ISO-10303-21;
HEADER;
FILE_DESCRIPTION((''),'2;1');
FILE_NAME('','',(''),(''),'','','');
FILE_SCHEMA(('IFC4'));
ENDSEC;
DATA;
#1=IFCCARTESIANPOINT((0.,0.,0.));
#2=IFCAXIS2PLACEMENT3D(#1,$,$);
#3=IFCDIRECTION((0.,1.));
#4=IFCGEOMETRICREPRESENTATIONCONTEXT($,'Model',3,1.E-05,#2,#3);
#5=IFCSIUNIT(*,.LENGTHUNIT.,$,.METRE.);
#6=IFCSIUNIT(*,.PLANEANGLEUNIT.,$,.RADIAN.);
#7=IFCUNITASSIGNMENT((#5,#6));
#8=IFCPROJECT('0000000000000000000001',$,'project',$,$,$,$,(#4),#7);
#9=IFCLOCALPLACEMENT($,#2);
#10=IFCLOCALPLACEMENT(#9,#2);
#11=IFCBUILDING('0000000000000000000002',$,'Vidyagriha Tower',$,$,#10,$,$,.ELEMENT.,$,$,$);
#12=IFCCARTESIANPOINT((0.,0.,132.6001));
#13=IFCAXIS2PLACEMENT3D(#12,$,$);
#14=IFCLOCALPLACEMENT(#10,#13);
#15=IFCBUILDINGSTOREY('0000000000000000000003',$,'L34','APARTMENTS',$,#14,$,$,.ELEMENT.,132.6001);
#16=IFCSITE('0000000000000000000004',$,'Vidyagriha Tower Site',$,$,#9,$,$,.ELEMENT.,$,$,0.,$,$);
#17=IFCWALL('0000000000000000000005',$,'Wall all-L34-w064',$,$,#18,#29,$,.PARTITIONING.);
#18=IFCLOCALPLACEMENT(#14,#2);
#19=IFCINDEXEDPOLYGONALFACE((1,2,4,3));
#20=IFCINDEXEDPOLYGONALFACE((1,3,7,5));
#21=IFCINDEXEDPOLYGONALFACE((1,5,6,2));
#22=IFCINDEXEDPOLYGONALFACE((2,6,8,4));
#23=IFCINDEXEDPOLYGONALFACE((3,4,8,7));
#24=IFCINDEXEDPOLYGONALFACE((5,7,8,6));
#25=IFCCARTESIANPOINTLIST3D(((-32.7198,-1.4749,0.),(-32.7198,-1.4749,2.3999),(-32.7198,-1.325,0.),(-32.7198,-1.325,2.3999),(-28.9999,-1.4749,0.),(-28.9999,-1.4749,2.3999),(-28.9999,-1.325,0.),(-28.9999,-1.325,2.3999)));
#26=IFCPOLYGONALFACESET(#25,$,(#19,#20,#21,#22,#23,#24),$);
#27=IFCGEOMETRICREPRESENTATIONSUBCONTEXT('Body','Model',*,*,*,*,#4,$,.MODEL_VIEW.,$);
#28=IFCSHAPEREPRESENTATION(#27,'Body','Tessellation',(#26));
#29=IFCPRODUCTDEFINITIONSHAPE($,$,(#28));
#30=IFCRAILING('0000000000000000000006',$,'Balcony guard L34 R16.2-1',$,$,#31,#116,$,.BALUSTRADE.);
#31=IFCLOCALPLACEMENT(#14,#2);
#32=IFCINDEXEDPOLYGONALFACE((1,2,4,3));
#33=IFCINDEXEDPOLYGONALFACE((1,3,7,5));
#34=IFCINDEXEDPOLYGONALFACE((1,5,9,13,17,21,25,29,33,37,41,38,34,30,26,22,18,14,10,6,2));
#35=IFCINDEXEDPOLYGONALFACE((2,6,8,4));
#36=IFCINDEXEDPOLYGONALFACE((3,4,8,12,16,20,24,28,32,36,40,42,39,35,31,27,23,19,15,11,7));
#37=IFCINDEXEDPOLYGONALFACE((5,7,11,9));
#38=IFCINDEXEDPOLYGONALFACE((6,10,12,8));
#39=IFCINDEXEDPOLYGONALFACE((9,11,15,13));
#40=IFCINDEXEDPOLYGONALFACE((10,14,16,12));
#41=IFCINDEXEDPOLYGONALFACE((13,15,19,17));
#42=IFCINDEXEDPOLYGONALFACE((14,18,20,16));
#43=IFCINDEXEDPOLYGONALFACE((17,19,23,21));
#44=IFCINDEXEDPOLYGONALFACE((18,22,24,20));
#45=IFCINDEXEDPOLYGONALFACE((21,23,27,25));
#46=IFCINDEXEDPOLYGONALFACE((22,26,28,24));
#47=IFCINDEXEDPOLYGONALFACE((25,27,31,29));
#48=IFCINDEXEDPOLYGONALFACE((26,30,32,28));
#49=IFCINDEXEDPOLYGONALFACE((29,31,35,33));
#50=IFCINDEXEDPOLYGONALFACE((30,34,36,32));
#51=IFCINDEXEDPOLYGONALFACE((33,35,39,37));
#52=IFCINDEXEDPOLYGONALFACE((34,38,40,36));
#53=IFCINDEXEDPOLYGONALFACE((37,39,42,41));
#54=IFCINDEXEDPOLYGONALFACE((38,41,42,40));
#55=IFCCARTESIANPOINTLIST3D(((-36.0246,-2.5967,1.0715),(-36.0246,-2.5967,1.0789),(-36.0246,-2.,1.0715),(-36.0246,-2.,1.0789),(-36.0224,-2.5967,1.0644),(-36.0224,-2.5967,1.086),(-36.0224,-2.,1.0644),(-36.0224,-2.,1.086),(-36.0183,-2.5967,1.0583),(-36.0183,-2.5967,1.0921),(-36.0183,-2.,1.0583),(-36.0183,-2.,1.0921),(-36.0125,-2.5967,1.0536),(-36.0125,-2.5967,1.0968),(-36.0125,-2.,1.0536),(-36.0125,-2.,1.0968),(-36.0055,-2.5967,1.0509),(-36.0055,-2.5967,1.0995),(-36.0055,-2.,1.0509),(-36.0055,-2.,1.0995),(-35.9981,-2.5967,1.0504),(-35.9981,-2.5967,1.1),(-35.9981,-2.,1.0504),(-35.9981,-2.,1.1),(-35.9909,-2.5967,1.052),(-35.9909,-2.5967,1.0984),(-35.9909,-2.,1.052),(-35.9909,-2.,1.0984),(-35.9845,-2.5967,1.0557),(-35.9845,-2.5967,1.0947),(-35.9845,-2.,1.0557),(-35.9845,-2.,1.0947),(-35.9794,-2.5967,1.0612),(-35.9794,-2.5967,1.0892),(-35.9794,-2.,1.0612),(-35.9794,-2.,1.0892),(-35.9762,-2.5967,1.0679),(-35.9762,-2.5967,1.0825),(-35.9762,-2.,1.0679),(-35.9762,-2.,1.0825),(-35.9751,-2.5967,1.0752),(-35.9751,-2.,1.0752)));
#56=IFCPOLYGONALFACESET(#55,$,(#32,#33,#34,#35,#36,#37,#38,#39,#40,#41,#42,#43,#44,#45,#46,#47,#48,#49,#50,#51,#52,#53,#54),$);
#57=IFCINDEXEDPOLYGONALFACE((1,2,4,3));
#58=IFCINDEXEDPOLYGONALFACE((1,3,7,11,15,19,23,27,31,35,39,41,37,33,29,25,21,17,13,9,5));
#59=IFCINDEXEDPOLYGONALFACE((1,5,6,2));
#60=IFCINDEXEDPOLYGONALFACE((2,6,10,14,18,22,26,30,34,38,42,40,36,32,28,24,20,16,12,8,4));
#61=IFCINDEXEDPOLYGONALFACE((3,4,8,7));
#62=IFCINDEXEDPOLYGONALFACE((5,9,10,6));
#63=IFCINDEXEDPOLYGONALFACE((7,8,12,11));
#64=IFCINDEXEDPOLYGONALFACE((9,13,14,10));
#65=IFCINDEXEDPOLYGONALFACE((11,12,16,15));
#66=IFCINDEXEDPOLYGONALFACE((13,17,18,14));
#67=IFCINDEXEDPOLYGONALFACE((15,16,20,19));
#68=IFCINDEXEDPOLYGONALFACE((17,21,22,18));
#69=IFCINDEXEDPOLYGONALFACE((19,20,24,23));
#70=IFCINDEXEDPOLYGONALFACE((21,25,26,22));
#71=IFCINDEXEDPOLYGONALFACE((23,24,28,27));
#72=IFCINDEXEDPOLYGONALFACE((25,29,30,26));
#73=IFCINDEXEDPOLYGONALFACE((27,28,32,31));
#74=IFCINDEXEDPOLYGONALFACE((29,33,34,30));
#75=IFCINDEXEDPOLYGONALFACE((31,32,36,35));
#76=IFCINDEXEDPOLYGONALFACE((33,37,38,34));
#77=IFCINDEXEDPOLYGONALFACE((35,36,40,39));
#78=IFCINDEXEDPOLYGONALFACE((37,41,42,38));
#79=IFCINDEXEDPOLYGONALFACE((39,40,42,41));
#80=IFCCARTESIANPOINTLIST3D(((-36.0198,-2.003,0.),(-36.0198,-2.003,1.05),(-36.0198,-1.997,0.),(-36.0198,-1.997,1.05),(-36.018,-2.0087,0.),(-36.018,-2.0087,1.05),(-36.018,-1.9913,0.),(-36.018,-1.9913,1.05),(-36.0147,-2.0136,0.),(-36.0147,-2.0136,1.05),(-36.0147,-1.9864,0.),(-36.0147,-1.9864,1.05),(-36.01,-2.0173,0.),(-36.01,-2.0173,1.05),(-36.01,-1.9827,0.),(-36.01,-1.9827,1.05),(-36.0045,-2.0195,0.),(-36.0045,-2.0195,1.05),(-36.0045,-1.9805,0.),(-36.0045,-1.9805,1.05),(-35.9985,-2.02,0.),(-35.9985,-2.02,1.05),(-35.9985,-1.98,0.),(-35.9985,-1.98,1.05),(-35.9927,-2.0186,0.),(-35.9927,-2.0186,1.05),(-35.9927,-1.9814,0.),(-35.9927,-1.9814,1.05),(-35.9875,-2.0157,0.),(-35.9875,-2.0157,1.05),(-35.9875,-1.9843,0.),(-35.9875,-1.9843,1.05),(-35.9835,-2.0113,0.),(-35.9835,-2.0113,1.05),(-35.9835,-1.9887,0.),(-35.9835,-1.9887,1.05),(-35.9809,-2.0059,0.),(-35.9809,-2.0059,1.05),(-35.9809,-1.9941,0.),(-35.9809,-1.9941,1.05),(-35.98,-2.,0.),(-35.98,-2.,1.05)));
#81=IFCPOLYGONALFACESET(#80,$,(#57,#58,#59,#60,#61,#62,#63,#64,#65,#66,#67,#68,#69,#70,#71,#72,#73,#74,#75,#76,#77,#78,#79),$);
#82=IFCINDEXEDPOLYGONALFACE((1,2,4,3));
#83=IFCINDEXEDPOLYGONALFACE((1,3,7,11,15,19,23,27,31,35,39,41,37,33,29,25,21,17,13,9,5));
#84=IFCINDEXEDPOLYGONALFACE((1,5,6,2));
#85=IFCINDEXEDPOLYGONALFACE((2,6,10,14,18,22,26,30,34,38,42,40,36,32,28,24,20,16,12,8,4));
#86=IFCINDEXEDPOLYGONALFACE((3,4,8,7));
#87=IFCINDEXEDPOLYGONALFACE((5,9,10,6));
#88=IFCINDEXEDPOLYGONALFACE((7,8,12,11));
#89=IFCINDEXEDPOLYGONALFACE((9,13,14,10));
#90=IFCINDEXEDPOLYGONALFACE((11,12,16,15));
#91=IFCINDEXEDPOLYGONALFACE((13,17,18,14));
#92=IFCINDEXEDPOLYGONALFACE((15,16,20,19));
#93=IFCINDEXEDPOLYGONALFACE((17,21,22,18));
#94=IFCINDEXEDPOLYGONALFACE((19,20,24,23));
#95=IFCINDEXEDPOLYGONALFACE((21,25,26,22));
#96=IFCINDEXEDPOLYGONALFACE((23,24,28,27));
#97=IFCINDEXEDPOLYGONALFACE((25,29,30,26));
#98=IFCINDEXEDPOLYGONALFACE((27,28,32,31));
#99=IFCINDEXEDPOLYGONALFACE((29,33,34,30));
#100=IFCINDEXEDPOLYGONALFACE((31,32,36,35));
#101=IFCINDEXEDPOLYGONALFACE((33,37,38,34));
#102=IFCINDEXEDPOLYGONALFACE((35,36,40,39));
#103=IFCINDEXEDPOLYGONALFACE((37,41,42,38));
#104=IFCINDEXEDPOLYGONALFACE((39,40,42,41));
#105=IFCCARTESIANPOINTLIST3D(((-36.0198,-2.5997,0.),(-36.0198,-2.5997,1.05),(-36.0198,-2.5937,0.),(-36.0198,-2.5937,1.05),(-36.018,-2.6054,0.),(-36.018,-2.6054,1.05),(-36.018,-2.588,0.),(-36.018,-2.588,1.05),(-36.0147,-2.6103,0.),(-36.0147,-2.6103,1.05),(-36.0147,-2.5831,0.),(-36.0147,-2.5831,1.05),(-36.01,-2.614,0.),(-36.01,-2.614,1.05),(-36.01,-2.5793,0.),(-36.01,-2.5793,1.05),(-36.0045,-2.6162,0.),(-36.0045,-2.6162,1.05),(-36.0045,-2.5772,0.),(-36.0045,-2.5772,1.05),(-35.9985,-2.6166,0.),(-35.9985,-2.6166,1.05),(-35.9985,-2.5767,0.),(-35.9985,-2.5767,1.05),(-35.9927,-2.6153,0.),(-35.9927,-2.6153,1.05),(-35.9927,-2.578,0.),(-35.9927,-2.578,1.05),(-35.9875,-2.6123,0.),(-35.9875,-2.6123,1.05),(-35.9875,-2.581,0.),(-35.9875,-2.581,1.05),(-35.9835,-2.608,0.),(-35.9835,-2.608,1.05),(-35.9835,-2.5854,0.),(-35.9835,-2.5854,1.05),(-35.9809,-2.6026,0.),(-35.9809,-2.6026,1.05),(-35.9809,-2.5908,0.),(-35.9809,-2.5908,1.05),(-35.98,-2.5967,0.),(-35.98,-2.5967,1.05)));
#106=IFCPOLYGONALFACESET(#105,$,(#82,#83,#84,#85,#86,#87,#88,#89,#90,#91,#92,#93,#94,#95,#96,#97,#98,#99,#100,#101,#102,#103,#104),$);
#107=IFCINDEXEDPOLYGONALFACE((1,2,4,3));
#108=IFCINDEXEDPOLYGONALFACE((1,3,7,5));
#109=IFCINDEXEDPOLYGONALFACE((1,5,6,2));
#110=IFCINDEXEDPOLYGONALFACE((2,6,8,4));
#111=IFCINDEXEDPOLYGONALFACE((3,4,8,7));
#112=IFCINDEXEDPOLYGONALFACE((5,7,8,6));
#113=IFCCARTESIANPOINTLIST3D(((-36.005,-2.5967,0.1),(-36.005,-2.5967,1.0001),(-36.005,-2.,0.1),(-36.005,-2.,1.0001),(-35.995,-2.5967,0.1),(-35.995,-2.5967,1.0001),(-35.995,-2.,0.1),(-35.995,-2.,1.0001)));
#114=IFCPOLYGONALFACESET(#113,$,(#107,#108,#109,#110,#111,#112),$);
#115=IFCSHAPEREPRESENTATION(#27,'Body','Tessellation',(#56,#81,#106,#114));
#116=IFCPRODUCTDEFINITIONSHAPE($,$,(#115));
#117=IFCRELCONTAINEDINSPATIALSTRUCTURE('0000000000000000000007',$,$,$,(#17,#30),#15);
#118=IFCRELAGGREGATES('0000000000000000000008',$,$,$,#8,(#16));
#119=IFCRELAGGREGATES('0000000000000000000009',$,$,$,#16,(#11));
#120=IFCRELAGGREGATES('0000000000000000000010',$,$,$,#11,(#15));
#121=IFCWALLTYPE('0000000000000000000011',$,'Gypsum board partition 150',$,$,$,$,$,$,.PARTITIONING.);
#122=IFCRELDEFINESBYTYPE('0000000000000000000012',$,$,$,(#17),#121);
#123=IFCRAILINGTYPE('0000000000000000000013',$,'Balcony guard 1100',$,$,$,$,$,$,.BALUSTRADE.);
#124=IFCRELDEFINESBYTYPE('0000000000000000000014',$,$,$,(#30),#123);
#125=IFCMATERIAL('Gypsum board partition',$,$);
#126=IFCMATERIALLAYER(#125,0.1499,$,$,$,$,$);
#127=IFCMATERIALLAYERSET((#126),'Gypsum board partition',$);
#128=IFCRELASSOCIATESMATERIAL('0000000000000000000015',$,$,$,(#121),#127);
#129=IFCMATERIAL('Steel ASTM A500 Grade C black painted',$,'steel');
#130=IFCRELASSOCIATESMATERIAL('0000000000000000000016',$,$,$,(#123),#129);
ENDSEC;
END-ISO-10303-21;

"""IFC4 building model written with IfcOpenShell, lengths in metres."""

from ifc_helpers import new_model, si_unit, direction, frame, frame_2d, origin, origin_2d, place, context, subcontext, project, spatial, rectangle, circle, extrude, material, layer, layer_set, type_object, element, save


model = new_model("IFC4")

# Units and contexts
model_context = context("Model", 3, precision=1e-05, world=origin(), true_north=direction((0.0, 1.0)))
body_context = subcontext(model_context, "Body", "Model", "MODEL_VIEW")
ifc_project = project(units=[si_unit("LENGTHUNIT", "METRE"), si_unit("PLANEANGLEUNIT", "RADIAN")], contexts=[model_context])

# Site, building, storey
site_placement = place(None, origin())
site = spatial("IfcSite", under=ifc_project, at=site_placement, Name="Vidyagriha Tower Site", CompositionType="ELEMENT", RefElevation=0.0)
building_placement = place(site_placement, origin())
building = spatial("IfcBuilding", under=site, at=building_placement, Name="Vidyagriha Tower", CompositionType="ELEMENT")
storey_placement = place(building_placement, frame((0.0, 0.0, 132.6001)))
storey = spatial("IfcBuildingStorey", under=building, at=storey_placement, Name="L34", Description="APARTMENTS", CompositionType="ELEMENT", Elevation=132.6001)

# Shared definitions
ifc_material_1 = material(Name="Gypsum board partition")
ifc_layer_1 = layer(ifc_material_1, 0.1499)
ifc_layer_set_1 = layer_set([ifc_layer_1], Name="Gypsum board partition")
wall_type_1 = type_object("IfcWallType", Name="Gypsum board partition 150", PredefinedType="PARTITIONING", material=ifc_layer_set_1)

# Wall
wall_1_placement = place(storey_placement, frame((-29.0, -1.3999, 0.0), z_axis=(0.0, 0.0, 1.0), x_axis=(-1.0, 0.0, 0.0)))
element("IfcWall", 1, at=wall_1_placement, inside=storey, type_object=wall_type_1, Name="Wall all-L34-w064", PredefinedType="PARTITIONING", context=body_context, shape_type="SweptSolid", body=[
    extrude(rectangle(XDim=3.72, YDim=0.1499, at=frame_2d((1.8599, 0.0))), origin(), (0.0, 0.0, 1.0), 2.3999),
])

# Railing
ifc_material_2 = material(Name="Steel ASTM A500 Grade C black painted", Category="steel")
railing_type_1 = type_object("IfcRailingType", Name="Balcony guard 1100", PredefinedType="BALUSTRADE", material=ifc_material_2)
railing_1_placement = place(storey_placement, frame((-36.0, -2.0, 0.0)))
element("IfcRailing", 2, at=railing_1_placement, inside=storey, type_object=railing_type_1, Name="Balcony guard L34 R16.2-1", PredefinedType="BALUSTRADE", context=body_context, shape_type="SweptSolid", body=[
    extrude(circle(Radius=0.0249, at=origin_2d()), frame((0.0, 0.0, 1.0752), z_axis=(0.0, -1.0, 0.0), x_axis=(1.0, 0.0, 0.0)), (0.0, 0.0, 1.0), 0.5967),
    extrude(circle(Radius=0.02, at=origin_2d()), origin(), (0.0, 0.0, 1.0), 1.05),
    extrude(circle(Radius=0.02, at=origin_2d()), frame((0.0, -0.5967, 0.0)), (0.0, 0.0, 1.0), 1.05),
    extrude(rectangle(XDim=0.01, YDim=0.9001, at=origin_2d()), frame((0.0, 0.0, 0.55), z_axis=(0.0, -1.0, 0.0), x_axis=(1.0, 0.0, 0.0)), (0.0, 0.0, 1.0), 0.5967),
])

save(model, "model.ifc")
